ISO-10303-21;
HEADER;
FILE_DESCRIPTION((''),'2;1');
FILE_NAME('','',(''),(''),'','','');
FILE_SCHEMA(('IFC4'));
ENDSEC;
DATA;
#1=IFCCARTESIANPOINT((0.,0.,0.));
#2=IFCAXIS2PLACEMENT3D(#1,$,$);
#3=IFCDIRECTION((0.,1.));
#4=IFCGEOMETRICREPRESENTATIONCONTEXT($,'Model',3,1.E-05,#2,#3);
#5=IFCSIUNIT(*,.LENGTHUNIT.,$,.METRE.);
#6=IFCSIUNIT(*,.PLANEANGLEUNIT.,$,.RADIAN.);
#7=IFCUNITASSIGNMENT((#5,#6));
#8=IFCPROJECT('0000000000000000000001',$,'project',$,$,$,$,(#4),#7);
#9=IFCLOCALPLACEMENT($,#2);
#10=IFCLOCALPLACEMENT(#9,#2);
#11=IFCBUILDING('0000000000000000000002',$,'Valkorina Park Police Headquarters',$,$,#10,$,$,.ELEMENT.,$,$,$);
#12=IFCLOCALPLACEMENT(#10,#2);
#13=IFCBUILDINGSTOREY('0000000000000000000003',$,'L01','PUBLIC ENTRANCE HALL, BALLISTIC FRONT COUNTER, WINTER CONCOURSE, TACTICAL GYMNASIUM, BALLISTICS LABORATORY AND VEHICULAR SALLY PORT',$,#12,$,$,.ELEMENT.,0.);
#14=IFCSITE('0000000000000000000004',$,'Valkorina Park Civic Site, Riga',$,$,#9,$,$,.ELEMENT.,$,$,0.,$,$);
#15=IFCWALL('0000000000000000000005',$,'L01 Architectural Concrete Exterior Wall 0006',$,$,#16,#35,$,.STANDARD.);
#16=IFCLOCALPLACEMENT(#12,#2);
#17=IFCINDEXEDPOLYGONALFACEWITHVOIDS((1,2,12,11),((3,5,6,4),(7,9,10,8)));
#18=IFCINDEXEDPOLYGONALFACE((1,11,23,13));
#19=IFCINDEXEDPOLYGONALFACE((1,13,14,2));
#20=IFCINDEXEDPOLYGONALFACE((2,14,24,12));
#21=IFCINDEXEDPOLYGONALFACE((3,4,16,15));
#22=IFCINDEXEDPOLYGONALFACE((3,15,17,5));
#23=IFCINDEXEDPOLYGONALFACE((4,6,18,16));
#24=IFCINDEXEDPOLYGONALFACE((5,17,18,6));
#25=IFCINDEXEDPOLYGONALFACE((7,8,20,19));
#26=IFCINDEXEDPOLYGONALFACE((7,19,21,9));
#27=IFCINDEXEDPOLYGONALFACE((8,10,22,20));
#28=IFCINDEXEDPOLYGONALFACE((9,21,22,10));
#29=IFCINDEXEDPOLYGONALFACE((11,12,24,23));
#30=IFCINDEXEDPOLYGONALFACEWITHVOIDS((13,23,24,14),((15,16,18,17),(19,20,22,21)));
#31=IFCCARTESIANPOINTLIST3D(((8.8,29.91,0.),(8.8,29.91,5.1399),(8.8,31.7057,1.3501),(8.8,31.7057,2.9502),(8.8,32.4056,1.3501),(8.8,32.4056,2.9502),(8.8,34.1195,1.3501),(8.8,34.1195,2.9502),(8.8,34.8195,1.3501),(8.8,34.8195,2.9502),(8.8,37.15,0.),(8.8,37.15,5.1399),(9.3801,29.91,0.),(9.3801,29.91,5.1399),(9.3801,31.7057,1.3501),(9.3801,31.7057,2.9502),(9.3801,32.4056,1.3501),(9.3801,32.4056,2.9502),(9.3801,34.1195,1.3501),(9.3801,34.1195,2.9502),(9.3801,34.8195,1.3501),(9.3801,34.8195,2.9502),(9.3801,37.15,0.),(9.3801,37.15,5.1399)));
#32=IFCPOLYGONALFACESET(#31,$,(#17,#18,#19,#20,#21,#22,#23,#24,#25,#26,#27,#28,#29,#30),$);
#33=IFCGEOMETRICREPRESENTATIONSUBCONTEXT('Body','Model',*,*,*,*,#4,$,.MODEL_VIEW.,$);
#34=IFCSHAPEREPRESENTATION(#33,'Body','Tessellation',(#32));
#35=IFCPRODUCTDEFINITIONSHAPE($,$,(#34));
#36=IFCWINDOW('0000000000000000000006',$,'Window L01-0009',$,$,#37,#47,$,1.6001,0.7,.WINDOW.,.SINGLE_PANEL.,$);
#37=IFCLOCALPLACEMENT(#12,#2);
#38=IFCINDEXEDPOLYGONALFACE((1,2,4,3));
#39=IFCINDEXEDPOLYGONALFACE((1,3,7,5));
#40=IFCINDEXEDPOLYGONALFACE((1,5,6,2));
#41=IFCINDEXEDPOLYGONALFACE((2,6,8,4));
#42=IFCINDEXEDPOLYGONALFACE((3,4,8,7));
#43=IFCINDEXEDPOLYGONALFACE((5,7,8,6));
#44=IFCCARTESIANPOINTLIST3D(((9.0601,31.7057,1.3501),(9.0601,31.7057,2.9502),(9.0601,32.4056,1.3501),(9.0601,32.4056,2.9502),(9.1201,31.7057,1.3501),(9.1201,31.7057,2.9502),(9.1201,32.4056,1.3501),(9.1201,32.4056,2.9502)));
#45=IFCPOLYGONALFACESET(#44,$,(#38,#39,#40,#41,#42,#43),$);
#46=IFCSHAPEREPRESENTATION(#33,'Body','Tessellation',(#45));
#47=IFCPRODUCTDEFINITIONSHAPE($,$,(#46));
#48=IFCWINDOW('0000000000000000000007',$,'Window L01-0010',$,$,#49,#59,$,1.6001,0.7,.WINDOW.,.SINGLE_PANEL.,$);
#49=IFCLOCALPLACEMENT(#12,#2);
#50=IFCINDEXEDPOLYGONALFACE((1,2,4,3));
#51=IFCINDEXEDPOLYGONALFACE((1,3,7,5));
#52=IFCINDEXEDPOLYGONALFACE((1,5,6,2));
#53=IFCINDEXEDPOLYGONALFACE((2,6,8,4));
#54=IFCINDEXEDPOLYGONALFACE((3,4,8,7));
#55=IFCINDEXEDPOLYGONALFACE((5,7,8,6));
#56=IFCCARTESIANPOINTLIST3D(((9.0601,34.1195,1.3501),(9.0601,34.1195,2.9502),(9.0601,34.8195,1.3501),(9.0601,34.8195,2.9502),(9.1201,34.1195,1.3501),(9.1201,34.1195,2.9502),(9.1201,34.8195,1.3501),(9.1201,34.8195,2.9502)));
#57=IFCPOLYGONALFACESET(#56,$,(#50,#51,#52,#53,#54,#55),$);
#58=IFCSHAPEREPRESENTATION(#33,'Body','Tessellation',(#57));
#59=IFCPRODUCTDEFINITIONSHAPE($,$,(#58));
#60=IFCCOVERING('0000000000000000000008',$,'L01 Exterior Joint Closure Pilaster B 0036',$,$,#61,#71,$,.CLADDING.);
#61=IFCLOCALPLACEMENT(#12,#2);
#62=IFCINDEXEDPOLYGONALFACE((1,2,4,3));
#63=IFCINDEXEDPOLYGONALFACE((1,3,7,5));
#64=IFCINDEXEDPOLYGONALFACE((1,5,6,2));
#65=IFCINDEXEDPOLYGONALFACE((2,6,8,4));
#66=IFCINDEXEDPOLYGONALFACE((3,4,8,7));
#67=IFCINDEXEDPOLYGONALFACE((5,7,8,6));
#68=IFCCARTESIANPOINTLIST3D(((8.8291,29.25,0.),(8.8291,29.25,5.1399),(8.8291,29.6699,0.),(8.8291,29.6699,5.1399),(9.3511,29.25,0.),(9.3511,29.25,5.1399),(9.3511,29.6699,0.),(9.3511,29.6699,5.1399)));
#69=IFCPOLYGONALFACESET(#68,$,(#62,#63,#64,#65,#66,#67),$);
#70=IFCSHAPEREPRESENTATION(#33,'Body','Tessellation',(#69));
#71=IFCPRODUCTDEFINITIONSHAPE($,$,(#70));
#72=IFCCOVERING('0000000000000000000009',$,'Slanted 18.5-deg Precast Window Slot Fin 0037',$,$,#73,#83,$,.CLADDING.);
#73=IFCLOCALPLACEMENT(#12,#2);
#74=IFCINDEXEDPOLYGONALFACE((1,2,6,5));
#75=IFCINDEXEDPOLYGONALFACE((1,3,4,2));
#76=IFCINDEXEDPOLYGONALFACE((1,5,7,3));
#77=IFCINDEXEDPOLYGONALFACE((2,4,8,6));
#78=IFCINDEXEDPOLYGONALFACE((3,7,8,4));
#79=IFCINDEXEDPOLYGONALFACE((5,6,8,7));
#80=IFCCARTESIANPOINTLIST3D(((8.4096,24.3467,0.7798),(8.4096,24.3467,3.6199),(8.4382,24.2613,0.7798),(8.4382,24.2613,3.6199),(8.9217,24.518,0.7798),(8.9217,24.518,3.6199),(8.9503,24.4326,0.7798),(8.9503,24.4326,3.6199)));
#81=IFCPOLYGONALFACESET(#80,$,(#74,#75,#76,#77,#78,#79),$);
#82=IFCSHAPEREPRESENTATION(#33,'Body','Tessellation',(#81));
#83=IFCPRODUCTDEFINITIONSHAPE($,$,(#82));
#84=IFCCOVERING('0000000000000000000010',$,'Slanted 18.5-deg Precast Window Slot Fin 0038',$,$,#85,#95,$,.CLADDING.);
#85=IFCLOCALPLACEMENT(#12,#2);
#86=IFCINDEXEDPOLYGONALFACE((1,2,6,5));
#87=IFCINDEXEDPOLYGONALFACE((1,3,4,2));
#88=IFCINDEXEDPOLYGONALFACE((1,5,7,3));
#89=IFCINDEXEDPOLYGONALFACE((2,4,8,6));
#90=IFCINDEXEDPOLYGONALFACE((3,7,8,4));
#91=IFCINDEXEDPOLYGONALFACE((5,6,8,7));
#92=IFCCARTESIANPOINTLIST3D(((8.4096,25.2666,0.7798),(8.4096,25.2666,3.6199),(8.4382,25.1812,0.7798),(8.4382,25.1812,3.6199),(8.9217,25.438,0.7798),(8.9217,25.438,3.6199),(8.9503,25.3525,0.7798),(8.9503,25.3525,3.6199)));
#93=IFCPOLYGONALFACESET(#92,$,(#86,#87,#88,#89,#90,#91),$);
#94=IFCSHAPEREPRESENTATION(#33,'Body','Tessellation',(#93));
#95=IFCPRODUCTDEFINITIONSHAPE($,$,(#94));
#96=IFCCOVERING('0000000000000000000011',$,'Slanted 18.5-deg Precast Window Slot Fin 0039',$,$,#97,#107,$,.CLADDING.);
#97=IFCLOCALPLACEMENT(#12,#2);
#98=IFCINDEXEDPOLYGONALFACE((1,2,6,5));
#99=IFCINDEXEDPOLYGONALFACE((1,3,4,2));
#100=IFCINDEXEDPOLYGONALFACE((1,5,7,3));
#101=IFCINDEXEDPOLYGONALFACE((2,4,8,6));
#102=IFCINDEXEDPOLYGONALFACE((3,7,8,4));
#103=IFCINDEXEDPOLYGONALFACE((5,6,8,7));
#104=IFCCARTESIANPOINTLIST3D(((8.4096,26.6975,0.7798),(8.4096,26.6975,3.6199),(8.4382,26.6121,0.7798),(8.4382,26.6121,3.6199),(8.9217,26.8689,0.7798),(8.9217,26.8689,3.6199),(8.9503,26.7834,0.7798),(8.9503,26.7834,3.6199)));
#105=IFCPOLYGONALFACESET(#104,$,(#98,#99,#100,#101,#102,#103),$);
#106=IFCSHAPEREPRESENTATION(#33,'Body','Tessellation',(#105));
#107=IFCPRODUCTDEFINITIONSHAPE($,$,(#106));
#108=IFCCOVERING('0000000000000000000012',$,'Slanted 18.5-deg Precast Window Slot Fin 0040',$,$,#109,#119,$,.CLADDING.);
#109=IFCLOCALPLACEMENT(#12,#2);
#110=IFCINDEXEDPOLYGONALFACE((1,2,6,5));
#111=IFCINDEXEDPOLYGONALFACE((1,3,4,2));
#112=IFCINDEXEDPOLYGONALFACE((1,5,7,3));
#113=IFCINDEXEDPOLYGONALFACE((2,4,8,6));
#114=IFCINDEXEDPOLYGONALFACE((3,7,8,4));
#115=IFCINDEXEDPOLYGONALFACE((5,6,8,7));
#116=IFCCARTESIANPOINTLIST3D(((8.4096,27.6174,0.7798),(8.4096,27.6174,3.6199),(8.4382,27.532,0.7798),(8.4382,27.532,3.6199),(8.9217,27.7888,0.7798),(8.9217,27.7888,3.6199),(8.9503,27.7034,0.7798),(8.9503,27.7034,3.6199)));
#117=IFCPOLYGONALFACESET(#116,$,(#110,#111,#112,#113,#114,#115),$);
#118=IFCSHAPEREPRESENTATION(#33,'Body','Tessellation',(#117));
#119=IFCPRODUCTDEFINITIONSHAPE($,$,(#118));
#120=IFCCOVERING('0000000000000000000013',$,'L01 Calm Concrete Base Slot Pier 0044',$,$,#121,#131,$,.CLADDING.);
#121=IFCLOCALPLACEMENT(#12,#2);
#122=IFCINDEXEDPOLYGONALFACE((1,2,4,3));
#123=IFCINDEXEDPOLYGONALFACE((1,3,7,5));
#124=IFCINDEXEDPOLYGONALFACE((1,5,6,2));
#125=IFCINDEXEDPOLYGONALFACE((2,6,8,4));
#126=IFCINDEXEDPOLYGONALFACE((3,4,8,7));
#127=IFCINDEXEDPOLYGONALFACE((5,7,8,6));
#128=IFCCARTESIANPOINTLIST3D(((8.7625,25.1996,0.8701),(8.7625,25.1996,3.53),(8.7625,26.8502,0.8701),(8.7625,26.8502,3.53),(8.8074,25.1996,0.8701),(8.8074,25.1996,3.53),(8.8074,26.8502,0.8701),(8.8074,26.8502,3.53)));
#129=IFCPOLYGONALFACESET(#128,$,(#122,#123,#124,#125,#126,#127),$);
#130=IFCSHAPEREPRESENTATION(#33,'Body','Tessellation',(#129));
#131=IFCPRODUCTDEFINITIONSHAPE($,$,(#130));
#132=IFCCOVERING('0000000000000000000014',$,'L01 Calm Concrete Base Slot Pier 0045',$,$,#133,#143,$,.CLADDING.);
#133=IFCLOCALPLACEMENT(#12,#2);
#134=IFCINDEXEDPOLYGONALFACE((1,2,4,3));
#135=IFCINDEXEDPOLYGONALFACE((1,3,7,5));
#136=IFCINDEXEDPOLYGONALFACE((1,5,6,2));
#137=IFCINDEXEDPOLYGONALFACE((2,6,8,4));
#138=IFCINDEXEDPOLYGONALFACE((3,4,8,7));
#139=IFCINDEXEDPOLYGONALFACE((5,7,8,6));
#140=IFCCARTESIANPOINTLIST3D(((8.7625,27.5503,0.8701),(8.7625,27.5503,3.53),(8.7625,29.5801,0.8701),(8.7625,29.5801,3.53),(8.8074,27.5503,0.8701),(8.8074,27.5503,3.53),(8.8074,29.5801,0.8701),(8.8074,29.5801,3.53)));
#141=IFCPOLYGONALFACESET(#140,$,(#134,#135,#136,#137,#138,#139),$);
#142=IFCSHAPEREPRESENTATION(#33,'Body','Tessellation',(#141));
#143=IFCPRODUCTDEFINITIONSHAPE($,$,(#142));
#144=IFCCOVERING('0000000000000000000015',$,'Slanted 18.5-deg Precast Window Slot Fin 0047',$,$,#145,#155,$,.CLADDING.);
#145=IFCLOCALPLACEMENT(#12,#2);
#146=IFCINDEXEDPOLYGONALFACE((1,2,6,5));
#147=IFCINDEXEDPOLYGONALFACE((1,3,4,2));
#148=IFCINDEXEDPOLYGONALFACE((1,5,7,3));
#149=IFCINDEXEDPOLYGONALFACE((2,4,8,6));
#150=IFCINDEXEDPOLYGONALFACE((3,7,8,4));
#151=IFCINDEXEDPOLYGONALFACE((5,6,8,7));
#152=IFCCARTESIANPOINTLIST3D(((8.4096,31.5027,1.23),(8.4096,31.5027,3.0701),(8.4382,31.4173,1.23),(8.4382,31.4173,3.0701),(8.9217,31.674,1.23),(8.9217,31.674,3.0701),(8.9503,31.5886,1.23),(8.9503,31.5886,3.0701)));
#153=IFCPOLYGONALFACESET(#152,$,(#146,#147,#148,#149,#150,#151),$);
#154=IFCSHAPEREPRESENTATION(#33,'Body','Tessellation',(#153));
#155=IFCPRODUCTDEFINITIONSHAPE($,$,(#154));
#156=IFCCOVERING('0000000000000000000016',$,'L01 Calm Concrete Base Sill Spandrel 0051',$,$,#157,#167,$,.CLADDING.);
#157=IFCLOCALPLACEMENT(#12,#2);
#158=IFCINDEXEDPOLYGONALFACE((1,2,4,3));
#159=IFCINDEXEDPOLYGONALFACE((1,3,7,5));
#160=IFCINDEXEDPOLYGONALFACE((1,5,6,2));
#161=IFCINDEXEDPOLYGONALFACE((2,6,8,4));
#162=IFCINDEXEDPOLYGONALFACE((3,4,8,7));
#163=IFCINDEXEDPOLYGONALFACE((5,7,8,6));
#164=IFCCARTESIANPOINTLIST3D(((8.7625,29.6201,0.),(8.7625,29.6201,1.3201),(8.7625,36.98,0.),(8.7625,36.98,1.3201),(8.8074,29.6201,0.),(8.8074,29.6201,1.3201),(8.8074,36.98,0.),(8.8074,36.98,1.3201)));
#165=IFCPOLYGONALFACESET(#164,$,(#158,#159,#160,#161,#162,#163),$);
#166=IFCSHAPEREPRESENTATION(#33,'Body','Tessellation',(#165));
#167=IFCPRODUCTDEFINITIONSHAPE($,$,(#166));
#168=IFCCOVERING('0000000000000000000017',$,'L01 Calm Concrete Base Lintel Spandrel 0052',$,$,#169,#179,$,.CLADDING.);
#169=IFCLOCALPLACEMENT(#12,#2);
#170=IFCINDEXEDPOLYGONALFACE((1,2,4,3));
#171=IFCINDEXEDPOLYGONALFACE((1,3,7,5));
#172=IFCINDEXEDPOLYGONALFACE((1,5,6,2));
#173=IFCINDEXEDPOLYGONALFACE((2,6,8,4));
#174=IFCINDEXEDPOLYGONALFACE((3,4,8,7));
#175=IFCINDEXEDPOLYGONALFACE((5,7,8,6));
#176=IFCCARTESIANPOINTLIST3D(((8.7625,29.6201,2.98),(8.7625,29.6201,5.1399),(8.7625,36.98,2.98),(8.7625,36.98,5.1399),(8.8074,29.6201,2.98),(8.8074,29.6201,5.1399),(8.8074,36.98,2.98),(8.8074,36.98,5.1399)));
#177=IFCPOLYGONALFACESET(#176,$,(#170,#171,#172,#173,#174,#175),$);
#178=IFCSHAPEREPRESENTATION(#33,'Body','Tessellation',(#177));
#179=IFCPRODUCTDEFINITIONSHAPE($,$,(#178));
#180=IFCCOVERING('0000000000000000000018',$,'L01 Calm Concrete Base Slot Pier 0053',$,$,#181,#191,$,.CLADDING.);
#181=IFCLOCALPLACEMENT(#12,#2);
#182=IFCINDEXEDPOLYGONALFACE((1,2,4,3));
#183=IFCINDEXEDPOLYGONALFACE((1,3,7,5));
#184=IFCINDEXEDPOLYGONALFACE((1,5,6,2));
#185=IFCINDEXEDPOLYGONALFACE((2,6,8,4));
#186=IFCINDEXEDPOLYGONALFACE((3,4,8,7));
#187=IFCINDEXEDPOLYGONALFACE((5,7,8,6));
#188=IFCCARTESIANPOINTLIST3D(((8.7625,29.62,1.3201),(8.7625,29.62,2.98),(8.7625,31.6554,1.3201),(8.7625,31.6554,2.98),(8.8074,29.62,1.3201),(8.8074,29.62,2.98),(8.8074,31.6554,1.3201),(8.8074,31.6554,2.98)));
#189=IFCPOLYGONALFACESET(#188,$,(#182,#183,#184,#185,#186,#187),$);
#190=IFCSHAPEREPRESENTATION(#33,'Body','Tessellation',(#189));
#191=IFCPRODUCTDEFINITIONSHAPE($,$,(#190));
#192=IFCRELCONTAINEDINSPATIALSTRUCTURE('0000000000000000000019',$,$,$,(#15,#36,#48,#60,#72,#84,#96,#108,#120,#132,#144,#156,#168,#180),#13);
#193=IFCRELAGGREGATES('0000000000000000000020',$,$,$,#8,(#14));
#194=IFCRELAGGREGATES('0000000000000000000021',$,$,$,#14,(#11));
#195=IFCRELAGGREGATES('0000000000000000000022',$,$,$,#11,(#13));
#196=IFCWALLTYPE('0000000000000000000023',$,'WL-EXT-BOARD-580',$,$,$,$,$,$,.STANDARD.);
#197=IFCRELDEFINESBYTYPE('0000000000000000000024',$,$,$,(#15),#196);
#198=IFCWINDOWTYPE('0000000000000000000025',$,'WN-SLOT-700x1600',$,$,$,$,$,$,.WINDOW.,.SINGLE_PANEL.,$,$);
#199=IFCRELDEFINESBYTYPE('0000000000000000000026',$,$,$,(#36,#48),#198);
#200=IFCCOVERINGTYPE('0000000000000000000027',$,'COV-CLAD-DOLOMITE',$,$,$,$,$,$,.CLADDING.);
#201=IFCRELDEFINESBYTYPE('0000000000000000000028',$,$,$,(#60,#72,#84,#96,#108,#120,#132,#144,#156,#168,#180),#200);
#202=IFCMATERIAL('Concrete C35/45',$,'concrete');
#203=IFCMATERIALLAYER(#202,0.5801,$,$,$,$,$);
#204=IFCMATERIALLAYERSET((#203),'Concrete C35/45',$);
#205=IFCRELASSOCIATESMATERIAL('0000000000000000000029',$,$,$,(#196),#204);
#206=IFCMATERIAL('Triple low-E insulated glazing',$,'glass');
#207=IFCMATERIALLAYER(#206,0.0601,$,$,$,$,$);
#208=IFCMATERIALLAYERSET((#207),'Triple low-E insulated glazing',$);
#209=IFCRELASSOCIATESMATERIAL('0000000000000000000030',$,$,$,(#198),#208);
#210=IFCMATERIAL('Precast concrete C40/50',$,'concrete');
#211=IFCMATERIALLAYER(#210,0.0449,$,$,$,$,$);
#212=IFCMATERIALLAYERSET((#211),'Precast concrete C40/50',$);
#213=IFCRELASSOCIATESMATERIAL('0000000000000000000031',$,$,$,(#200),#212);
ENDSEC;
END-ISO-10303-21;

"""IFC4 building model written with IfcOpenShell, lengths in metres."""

from ifc_helpers import new_model, si_unit, direction, frame, frame_2d, origin, origin_2d, place, context, subcontext, project, spatial, rectangle, extrude, material, layer, layer_set, type_object, element, fill, save


model = new_model("IFC4")

# Units and contexts
model_context = context("Model", 3, precision=1e-05, world=origin(), true_north=direction((0.0, 1.0)))
body_context = subcontext(model_context, "Body", "Model", "MODEL_VIEW")
ifc_project = project(units=[si_unit("LENGTHUNIT", "METRE"), si_unit("PLANEANGLEUNIT", "RADIAN")], contexts=[model_context])

# Site, building, storey
site_placement = place(None, origin())
site = spatial("IfcSite", under=ifc_project, at=site_placement, Name="Valkorina Park Civic Site, Riga", CompositionType="ELEMENT", RefElevation=0.0)
building_placement = place(site_placement, origin())
building = spatial("IfcBuilding", under=site, at=building_placement, Name="Valkorina Park Police Headquarters", CompositionType="ELEMENT")
storey_placement = place(building_placement, origin())
storey = spatial("IfcBuildingStorey", under=building, at=storey_placement, Name="L01", Description="PUBLIC ENTRANCE HALL, BALLISTIC FRONT COUNTER, WINTER CONCOURSE, TACTICAL GYMNASIUM, BALLISTICS LABORATORY AND VEHICULAR SALLY PORT", CompositionType="ELEMENT", Elevation=0.0)

# Wall, openings, windows
ifc_material_1 = material(Name="Concrete C35/45", Category="concrete")
ifc_layer_1 = layer(ifc_material_1, 0.5801)
ifc_layer_set_1 = layer_set([ifc_layer_1], Name="Concrete C35/45")
wall_type = type_object("IfcWallType", Name="WL-EXT-BOARD-580", PredefinedType="STANDARD", material=ifc_layer_set_1)
wall_placement = place(storey_placement, frame((9.0901, 29.9099, 0.0), z_axis=(0.0, 0.0, 1.0), x_axis=(0.0, 1.0, 0.0)))
wall = element("IfcWall", 1, at=wall_placement, inside=storey, type_object=wall_type, Name="L01 Architectural Concrete Exterior Wall 0006", PredefinedType="STANDARD", context=body_context, shape_type="SweptSolid", body=[
    extrude(rectangle(XDim=7.24, YDim=0.5801, at=frame_2d((3.6201, 0.0))), origin(), (0.0, 0.0, 1.0), 5.1399),
])
opening_1_placement = place(wall_placement, frame((1.7957, 0.0, 1.3501)))
opening_1 = element("IfcOpeningElement", 2, at=opening_1_placement, cuts=wall, PredefinedType="OPENING", context=body_context, shape_type="SweptSolid", body=[
    extrude(rectangle(XDim=0.7, YDim=1.6001, at=frame_2d((0.3501, 0.8))), frame((0.0, 0.3, 0.0), z_axis=(0.0, -1.0, 0.0), x_axis=(1.0, 0.0, 0.0)), (0.0, 0.0, 1.0), 0.6001),
])
opening_2_placement = place(wall_placement, frame((4.2095, 0.0, 1.3501)))
opening_2 = element("IfcOpeningElement", 3, at=opening_2_placement, cuts=wall, PredefinedType="OPENING", context=body_context, shape_type="SweptSolid", body=[
    extrude(rectangle(XDim=0.7, YDim=1.6001, at=frame_2d((0.3501, 0.8))), frame((0.0, 0.3, 0.0), z_axis=(0.0, -1.0, 0.0), x_axis=(1.0, 0.0, 0.0)), (0.0, 0.0, 1.0), 0.6001),
])
ifc_material_2 = material(Name="Triple low-E insulated glazing", Category="glass")
ifc_layer_2 = layer(ifc_material_2, 0.0601)
ifc_layer_set_2 = layer_set([ifc_layer_2], Name="Triple low-E insulated glazing")
window_type = type_object("IfcWindowType", Name="WN-SLOT-700x1600", PartitioningType="SINGLE_PANEL", PredefinedType="WINDOW", material=ifc_layer_set_2)
window_1_placement = place(opening_1_placement, origin())
window_1 = element("IfcWindow", 4, at=window_1_placement, inside=storey, type_object=window_type, Name="Window L01-0009", OverallHeight=1.6001, OverallWidth=0.7, PartitioningType="SINGLE_PANEL", PredefinedType="WINDOW", context=body_context, shape_type="SweptSolid", body=[
    extrude(rectangle(XDim=0.7, YDim=1.6001, at=frame_2d((0.3501, 0.8))), frame((0.0, 0.03, 0.0), z_axis=(0.0, -1.0, 0.0), x_axis=(1.0, 0.0, 0.0)), (0.0, 0.0, 1.0), 0.0601),
])
fill(opening_1, window_1)
window_2_placement = place(opening_2_placement, origin())
window_2 = element("IfcWindow", 5, at=window_2_placement, inside=storey, type_object=window_type, Name="Window L01-0010", OverallHeight=1.6001, OverallWidth=0.7, PartitioningType="SINGLE_PANEL", PredefinedType="WINDOW", context=body_context, shape_type="SweptSolid", body=[
    extrude(rectangle(XDim=0.7, YDim=1.6001, at=frame_2d((0.3501, 0.8))), frame((0.0, 0.03, 0.0), z_axis=(0.0, -1.0, 0.0), x_axis=(1.0, 0.0, 0.0)), (0.0, 0.0, 1.0), 0.0601),
])
fill(opening_2, window_2)

# Coverings
ifc_material_3 = material(Name="Precast concrete C40/50", Category="concrete")
ifc_layer_3 = layer(ifc_material_3, 0.0449)
ifc_layer_set_3 = layer_set([ifc_layer_3], Name="Precast concrete C40/50")
covering_type = type_object("IfcCoveringType", Name="COV-CLAD-DOLOMITE", PredefinedType="CLADDING", material=ifc_layer_set_3)
covering_1_placement = place(storey_placement, frame((9.0901, 29.46, 0.0), z_axis=(0.0, 0.0, 1.0), x_axis=(0.0, 1.0, 0.0)))
element("IfcCovering", 6, at=covering_1_placement, inside=storey, type_object=covering_type, Name="L01 Exterior Joint Closure Pilaster B 0036", PredefinedType="CLADDING", context=body_context, shape_type="SweptSolid", body=[
    extrude(rectangle(XDim=0.4199, YDim=0.522, at=origin_2d()), origin(), (0.0, 0.0, 1.0), 5.1399),
])
for number, where, z_axis, x_axis, name in (
    (7, (8.6799, 24.3896, 0.7798), (0.0, 0.0, 1.0), (-0.948324, -0.317305, 0.0), "Slanted 18.5-deg Precast Window Slot Fin 0037"),
    (8, (8.6799, 25.3096, 0.7798), (0.0, 0.0, 1.0), (-0.948324, -0.317305, 0.0), "Slanted 18.5-deg Precast Window Slot Fin 0038"),
    (9, (8.6799, 26.7405, 0.7798), (0.0, 0.0, 1.0), (-0.948324, -0.317305, 0.0), "Slanted 18.5-deg Precast Window Slot Fin 0039"),
    (10, (8.6799, 27.6604, 0.7798), (0.0, 0.0, 1.0), (-0.948324, -0.317305, 0.0), "Slanted 18.5-deg Precast Window Slot Fin 0040"),
):
    element("IfcCovering", number, at=place(storey_placement, frame(where, z_axis=z_axis, x_axis=x_axis)), inside=storey, type_object=covering_type, Name=name, PredefinedType="CLADDING", context=body_context, shape_type="SweptSolid", body=[
        extrude(rectangle(XDim=0.54, YDim=0.0901, at=origin_2d()), origin(), (0.0, 0.0, 1.0), 2.8401),
    ])
covering_2_placement = place(storey_placement, frame((8.7849, 25.1997, 0.8701), z_axis=(0.0, 0.0, 1.0), x_axis=(0.0, 1.0, 0.0)))
element("IfcCovering", 11, at=covering_2_placement, inside=storey, type_object=covering_type, Name="L01 Calm Concrete Base Slot Pier 0044", PredefinedType="CLADDING", context=body_context, shape_type="SweptSolid", body=[
    extrude(rectangle(XDim=1.6506, YDim=0.0449, at=frame_2d((0.8252, 0.0))), origin(), (0.0, 0.0, 1.0), 2.6599),
])
covering_3_placement = place(storey_placement, frame((8.7849, 27.5503, 0.8701), z_axis=(0.0, 0.0, 1.0), x_axis=(0.0, 1.0, 0.0)))
element("IfcCovering", 12, at=covering_3_placement, inside=storey, type_object=covering_type, Name="L01 Calm Concrete Base Slot Pier 0045", PredefinedType="CLADDING", context=body_context, shape_type="SweptSolid", body=[
    extrude(rectangle(XDim=2.0298, YDim=0.0449, at=frame_2d((1.0149, 0.0))), origin(), (0.0, 0.0, 1.0), 2.6599),
])
covering_4_placement = place(storey_placement, frame((8.6799, 31.5457, 1.23), z_axis=(0.0, 0.0, 1.0), x_axis=(-0.948324, -0.317305, 0.0)))
element("IfcCovering", 13, at=covering_4_placement, inside=storey, type_object=covering_type, Name="Slanted 18.5-deg Precast Window Slot Fin 0047", PredefinedType="CLADDING", context=body_context, shape_type="SweptSolid", body=[
    extrude(rectangle(XDim=0.54, YDim=0.0901, at=origin_2d()), origin(), (0.0, 0.0, 1.0), 1.8401),
])
covering_5_placement = place(storey_placement, frame((8.7849, 29.6201, 0.0), z_axis=(0.0, 0.0, 1.0), x_axis=(0.0, 1.0, 0.0)))
element("IfcCovering", 14, at=covering_5_placement, inside=storey, type_object=covering_type, Name="L01 Calm Concrete Base Sill Spandrel 0051", PredefinedType="CLADDING", context=body_context, shape_type="SweptSolid", body=[
    extrude(rectangle(XDim=7.3599, YDim=0.0449, at=frame_2d((3.6799, 0.0))), origin(), (0.0, 0.0, 1.0), 1.3201),
])
covering_6_placement = place(storey_placement, frame((8.7849, 29.6201, 2.98), z_axis=(0.0, 0.0, 1.0), x_axis=(0.0, 1.0, 0.0)))
element("IfcCovering", 15, at=covering_6_placement, inside=storey, type_object=covering_type, Name="L01 Calm Concrete Base Lintel Spandrel 0052", PredefinedType="CLADDING", context=body_context, shape_type="SweptSolid", body=[
    extrude(rectangle(XDim=7.3599, YDim=0.0449, at=frame_2d((3.6799, 0.0))), origin(), (0.0, 0.0, 1.0), 2.1599),
])
covering_7_placement = place(storey_placement, frame((8.7849, 29.6201, 1.3201), z_axis=(0.0, 0.0, 1.0), x_axis=(0.0, 1.0, 0.0)))
element("IfcCovering", 16, at=covering_7_placement, inside=storey, type_object=covering_type, Name="L01 Calm Concrete Base Slot Pier 0053", PredefinedType="CLADDING", context=body_context, shape_type="SweptSolid", body=[
    extrude(rectangle(XDim=2.0354, YDim=0.0449, at=frame_2d((1.0176, 0.0))), origin(), (0.0, 0.0, 1.0), 1.6599),
])

save(model, "model.ifc")
